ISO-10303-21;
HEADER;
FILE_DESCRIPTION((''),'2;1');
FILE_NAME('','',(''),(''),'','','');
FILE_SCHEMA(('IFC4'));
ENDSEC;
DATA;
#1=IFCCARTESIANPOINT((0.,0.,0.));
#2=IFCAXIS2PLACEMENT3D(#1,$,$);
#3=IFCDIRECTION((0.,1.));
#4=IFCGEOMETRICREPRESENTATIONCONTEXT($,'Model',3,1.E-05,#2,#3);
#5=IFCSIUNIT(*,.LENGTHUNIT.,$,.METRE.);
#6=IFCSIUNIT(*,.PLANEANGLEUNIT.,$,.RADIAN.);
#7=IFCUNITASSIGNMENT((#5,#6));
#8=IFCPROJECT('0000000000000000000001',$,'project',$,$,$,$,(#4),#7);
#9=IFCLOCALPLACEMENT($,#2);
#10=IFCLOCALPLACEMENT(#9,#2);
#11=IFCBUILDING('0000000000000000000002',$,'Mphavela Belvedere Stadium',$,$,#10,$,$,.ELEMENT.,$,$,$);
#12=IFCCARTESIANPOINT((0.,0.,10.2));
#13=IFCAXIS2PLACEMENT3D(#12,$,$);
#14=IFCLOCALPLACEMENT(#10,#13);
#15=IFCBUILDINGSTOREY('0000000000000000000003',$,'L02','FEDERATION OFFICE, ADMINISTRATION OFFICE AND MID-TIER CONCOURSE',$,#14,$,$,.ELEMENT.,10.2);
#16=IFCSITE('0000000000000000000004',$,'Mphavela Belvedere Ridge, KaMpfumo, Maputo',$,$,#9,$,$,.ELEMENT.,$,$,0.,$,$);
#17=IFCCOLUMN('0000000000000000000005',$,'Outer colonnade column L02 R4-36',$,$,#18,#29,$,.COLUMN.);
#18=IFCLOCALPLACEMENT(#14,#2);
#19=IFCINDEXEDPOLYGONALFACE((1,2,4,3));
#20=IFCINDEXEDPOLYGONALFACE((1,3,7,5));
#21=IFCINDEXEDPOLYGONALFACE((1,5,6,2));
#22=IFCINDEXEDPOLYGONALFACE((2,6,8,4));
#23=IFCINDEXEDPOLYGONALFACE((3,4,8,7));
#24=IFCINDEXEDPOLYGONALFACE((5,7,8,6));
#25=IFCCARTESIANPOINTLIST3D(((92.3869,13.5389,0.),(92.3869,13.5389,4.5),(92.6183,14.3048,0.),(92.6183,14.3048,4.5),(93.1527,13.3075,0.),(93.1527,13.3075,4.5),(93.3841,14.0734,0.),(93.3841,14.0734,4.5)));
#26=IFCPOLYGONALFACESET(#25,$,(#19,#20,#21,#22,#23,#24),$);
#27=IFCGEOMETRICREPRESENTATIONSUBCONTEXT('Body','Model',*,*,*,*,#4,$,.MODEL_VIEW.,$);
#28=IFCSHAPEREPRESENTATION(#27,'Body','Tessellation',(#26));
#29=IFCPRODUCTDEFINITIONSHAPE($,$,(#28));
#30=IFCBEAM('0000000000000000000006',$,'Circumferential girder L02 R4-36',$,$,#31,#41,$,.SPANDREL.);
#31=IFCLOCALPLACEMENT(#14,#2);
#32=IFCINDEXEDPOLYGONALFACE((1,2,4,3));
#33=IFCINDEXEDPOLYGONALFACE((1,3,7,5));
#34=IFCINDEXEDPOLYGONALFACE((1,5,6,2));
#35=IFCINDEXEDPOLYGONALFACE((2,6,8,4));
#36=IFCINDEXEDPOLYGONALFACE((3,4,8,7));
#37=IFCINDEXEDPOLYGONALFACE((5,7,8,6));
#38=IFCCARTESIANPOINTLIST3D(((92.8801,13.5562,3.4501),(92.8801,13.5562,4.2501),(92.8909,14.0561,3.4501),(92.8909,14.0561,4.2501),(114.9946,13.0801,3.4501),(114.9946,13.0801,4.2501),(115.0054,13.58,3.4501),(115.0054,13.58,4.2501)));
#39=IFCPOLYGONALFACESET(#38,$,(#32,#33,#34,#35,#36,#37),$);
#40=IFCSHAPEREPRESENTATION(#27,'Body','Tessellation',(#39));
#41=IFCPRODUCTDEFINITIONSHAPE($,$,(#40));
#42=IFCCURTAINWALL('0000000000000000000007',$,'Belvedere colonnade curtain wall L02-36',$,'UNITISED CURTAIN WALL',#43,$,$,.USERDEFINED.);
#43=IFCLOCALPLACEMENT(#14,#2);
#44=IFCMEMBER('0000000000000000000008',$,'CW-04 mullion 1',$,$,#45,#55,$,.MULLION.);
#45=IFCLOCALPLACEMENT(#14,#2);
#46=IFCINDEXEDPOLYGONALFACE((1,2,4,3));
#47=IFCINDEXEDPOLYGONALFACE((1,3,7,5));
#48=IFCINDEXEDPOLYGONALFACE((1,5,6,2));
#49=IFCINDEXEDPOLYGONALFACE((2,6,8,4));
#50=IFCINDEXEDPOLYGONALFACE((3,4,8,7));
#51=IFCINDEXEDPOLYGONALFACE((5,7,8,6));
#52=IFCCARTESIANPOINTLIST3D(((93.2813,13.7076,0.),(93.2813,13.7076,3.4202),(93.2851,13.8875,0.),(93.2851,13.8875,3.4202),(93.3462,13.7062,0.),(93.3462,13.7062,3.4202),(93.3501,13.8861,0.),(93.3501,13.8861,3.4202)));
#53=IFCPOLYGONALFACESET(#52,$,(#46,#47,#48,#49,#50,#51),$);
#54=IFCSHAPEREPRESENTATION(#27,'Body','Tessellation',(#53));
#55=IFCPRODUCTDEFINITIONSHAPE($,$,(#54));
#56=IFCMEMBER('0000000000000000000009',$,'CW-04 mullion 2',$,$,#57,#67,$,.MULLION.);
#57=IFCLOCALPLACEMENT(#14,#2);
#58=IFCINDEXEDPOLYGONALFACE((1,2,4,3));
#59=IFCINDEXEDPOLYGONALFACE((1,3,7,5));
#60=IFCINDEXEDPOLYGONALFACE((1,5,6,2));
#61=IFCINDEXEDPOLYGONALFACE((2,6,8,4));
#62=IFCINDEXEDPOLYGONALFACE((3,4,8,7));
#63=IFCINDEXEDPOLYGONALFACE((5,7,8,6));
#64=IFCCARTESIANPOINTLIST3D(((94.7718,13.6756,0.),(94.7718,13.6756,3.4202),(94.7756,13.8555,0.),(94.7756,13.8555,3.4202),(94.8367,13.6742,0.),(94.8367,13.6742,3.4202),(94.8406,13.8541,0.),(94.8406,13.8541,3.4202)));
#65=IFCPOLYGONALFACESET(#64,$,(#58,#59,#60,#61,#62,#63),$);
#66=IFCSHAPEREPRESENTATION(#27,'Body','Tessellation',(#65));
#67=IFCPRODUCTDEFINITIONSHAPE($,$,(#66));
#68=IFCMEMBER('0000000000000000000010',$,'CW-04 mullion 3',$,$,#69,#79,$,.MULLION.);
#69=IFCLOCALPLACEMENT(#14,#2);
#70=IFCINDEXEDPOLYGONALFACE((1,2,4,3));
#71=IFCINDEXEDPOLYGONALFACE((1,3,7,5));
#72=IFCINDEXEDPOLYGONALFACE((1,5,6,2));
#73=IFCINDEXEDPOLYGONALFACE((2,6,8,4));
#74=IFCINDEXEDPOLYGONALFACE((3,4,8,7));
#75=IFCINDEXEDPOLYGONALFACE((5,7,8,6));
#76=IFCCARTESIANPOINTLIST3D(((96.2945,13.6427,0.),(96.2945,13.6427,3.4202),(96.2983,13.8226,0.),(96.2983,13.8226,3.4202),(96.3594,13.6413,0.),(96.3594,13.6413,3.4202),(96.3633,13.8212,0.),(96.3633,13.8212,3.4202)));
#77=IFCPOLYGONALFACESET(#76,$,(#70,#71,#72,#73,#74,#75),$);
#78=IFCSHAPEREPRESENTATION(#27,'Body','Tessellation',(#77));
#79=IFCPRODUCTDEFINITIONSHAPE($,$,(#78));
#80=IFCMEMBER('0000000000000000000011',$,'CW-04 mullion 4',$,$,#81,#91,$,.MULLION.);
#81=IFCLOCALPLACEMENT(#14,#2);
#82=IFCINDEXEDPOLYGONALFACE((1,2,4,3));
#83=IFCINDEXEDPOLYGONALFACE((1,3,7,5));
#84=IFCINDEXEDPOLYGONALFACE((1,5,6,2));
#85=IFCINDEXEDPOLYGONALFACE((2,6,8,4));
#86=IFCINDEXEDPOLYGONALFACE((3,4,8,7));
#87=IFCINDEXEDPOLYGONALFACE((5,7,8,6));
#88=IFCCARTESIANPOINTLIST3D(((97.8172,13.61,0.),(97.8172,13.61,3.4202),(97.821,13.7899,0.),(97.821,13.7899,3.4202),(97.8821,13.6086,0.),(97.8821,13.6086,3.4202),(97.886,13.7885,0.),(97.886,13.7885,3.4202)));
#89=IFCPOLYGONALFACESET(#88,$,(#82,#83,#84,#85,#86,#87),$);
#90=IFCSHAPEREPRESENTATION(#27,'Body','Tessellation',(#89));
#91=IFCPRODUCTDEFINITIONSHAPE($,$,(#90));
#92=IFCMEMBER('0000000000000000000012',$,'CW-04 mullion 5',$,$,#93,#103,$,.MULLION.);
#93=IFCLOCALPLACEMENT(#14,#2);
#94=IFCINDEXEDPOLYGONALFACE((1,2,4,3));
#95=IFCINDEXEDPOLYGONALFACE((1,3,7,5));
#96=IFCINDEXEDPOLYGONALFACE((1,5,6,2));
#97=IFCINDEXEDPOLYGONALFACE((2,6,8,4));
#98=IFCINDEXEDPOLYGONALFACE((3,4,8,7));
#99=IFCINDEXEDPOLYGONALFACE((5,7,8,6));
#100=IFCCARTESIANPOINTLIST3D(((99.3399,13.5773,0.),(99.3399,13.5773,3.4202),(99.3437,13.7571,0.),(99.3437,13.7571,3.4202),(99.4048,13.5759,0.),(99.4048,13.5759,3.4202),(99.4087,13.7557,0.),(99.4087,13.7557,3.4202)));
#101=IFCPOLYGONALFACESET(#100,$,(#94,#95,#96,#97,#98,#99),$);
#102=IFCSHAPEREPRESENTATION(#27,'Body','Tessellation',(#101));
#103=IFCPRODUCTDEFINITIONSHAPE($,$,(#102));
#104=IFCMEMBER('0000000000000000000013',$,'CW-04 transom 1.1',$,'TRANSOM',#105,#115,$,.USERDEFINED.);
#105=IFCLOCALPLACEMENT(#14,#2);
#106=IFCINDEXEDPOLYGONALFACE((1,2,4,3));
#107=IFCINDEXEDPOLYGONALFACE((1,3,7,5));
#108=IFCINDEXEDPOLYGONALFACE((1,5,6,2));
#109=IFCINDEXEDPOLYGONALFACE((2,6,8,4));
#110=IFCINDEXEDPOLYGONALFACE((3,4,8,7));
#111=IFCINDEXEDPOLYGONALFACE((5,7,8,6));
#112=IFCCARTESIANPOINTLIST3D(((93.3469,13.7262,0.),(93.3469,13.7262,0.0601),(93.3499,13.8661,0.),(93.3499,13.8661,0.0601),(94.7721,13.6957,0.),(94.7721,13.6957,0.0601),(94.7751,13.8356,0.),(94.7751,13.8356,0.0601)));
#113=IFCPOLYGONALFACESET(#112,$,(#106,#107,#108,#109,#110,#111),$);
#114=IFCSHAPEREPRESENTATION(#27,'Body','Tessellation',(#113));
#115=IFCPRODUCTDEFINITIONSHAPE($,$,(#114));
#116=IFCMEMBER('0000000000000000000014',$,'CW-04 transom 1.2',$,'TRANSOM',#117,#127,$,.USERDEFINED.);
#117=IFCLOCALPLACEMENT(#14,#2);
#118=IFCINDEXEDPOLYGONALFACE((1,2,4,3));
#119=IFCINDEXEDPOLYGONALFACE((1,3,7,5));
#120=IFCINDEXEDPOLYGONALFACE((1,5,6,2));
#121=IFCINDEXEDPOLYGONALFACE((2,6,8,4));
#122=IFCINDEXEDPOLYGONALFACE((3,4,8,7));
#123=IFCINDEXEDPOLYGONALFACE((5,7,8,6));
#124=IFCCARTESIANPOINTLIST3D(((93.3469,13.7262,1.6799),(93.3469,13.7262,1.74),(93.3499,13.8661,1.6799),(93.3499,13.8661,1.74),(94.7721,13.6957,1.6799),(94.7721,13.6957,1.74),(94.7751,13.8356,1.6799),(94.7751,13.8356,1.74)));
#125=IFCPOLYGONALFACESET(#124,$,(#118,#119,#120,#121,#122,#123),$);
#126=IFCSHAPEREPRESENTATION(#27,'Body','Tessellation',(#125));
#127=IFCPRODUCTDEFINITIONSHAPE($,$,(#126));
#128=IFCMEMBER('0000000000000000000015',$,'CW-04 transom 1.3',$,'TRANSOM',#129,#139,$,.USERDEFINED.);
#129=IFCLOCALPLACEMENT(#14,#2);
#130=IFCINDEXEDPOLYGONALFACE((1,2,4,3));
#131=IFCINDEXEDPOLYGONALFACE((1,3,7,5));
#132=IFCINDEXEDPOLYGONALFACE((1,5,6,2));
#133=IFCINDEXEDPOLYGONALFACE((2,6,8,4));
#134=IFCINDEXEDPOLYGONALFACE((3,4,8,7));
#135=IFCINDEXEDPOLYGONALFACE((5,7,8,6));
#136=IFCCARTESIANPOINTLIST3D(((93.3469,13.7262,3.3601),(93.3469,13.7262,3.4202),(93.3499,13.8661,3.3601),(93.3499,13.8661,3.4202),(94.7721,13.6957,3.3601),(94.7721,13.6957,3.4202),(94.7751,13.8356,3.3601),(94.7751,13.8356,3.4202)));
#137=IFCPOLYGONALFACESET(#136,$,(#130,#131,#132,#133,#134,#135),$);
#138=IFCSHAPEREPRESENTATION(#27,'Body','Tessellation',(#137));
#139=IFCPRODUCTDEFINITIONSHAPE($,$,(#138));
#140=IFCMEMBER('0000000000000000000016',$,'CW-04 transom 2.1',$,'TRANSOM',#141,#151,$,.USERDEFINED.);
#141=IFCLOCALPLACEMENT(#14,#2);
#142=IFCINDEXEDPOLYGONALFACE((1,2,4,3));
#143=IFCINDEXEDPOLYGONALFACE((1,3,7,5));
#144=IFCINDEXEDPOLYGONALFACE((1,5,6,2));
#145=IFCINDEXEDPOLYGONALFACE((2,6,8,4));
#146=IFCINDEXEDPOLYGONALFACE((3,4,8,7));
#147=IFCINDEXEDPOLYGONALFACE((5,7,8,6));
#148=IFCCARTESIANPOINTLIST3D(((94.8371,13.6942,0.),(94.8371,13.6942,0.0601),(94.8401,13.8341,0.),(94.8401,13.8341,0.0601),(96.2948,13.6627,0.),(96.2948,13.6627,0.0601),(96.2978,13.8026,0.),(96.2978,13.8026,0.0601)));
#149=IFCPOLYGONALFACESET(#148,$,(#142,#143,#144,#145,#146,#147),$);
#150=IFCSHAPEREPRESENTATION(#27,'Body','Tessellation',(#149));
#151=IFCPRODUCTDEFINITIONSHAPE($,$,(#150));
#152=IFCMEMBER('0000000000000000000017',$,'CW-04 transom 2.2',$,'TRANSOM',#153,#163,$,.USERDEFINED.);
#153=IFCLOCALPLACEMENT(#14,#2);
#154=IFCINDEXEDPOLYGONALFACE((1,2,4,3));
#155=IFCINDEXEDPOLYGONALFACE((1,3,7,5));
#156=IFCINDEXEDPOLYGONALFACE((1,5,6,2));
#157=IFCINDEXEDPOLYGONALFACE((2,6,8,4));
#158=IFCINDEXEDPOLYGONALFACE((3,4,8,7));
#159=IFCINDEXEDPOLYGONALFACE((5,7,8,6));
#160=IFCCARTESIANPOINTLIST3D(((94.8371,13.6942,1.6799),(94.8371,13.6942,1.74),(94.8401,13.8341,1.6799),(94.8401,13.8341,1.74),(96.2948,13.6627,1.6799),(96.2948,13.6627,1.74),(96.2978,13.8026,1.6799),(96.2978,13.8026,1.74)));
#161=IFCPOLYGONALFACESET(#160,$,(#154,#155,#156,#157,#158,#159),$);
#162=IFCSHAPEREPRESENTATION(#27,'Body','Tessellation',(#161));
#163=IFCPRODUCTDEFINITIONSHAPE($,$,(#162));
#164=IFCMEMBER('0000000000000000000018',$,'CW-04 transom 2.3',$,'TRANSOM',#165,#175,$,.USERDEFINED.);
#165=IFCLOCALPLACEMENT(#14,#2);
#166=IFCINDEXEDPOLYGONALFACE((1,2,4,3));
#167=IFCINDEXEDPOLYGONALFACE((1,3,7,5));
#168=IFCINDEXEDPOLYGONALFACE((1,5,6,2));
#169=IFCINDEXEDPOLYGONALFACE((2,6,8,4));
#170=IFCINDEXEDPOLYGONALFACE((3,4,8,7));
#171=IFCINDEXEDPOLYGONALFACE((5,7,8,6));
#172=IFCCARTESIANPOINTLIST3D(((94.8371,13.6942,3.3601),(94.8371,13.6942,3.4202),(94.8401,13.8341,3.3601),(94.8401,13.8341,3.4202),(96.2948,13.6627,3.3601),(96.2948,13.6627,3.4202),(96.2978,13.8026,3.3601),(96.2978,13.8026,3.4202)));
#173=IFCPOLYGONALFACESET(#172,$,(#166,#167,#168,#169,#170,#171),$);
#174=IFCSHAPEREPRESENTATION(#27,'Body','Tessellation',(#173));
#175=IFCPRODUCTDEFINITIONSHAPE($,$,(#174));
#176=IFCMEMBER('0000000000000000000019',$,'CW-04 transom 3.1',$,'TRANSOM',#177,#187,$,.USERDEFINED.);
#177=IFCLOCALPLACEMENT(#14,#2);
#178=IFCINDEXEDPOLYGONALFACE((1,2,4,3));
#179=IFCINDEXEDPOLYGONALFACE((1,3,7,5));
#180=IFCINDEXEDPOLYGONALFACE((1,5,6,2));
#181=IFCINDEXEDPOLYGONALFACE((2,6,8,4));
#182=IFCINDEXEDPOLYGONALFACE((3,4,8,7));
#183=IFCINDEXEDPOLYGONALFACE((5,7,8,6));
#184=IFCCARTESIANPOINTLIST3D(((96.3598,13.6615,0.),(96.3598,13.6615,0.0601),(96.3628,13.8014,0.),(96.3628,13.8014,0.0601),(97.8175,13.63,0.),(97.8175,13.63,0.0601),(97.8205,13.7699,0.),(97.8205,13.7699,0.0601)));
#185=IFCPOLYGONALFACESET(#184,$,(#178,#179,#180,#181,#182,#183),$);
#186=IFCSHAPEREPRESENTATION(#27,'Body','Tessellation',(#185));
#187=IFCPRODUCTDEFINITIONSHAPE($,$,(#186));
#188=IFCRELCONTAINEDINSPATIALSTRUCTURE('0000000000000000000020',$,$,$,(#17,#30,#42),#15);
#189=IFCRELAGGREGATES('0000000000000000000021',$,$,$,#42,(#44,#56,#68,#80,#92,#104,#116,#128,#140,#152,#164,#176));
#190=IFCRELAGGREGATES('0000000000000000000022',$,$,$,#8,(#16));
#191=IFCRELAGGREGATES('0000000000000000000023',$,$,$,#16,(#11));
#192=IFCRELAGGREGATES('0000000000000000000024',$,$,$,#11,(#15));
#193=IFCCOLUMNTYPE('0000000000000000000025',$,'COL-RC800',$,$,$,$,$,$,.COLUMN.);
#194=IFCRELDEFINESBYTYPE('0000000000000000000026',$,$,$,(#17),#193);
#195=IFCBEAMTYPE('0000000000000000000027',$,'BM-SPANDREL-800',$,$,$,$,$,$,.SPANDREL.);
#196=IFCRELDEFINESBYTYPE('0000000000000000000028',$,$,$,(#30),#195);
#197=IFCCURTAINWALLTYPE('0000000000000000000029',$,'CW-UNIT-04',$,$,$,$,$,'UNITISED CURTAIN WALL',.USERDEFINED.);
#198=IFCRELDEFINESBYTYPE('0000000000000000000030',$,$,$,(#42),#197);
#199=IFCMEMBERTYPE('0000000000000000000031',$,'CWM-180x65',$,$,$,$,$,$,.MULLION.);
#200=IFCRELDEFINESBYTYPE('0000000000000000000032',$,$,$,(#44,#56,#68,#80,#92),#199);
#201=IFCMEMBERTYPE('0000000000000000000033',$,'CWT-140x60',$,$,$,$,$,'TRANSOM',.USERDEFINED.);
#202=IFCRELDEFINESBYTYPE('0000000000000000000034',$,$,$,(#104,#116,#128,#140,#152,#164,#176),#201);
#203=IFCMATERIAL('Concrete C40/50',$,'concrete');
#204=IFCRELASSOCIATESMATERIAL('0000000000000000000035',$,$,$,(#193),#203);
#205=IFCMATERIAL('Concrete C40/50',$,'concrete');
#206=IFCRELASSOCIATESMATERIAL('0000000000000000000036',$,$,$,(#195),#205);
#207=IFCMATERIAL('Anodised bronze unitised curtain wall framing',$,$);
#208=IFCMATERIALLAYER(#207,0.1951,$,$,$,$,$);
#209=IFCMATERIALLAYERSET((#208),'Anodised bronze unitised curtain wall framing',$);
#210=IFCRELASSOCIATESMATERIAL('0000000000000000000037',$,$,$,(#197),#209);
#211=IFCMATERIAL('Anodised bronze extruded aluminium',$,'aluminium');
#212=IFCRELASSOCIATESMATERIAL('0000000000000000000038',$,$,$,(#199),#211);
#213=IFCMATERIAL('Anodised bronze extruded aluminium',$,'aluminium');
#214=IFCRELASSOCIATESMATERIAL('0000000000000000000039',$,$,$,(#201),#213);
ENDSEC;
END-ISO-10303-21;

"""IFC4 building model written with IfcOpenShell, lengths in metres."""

from ifc_helpers import new_model, si_unit, direction, frame, origin, origin_2d, place, context, subcontext, project, spatial, rectangle, extrude, material, layer, layer_set, material_profile, profile_set, type_object, element, aggregate, save


model = new_model("IFC4")

# Units and contexts
model_context = context("Model", 3, precision=1e-05, world=origin(), true_north=direction((0.0, 1.0)))
body_context = subcontext(model_context, "Body", "Model", "MODEL_VIEW")
ifc_project = project(units=[si_unit("LENGTHUNIT", "METRE"), si_unit("PLANEANGLEUNIT", "RADIAN")], contexts=[model_context])

# Site, building, storey
site_placement = place(None, origin())
site = spatial("IfcSite", under=ifc_project, at=site_placement, Name="Mphavela Belvedere Ridge, KaMpfumo, Maputo", CompositionType="ELEMENT", RefElevation=0.0)
building_placement = place(site_placement, origin())
building = spatial("IfcBuilding", under=site, at=building_placement, Name="Mphavela Belvedere Stadium", CompositionType="ELEMENT")
storey_placement = place(building_placement, frame((0.0, 0.0, 10.2)))
storey = spatial("IfcBuildingStorey", under=building, at=storey_placement, Name="L02", Description="FEDERATION OFFICE, ADMINISTRATION OFFICE AND MID-TIER CONCOURSE", CompositionType="ELEMENT", Elevation=10.2)

# Column
ifc_material_1 = material(Name="Concrete C40/50", Category="concrete")
ifc_material_profile_1 = material_profile(ifc_material_1, rectangle(XDim=0.8, YDim=0.8, at=origin_2d()), Name="RC 800x800")
ifc_profile_set_1 = profile_set([ifc_material_profile_1], Name="Concrete C40/50")
column_type = type_object("IfcColumnType", Name="COL-RC800", PredefinedType="COLUMN", material=ifc_profile_set_1)
column_placement = place(storey_placement, frame((92.8855, 13.8062, 0.0), z_axis=(0.0, 0.0, 1.0), x_axis=(-0.289199, -0.957269, 0.0)))
element("IfcColumn", 1, at=column_placement, inside=storey, type_object=column_type, Name="Outer colonnade column L02 R4-36", PredefinedType="COLUMN", context=body_context, shape_type="SweptSolid", body=[
    extrude(rectangle(XDim=0.8, YDim=0.8, at=origin_2d()), origin(), (0.0, 0.0, 1.0), 4.5),
])

# Beam
ifc_material_2 = material(Name="Concrete C40/50", Category="concrete")
ifc_material_profile_2 = material_profile(ifc_material_2, rectangle(XDim=0.5, YDim=0.8, at=origin_2d()), Name="RC 500x800")
ifc_profile_set_2 = profile_set([ifc_material_profile_2], Name="Concrete C40/50")
beam_type = type_object("IfcBeamType", Name="BM-SPANDREL-800", PredefinedType="SPANDREL", material=ifc_profile_set_2)
beam_placement = place(storey_placement, frame((92.8855, 13.8062, 3.8501), z_axis=(0.999768, -0.021523, 0.0), x_axis=(0.021523, 0.999768, 0.0)))
element("IfcBeam", 2, at=beam_placement, inside=storey, type_object=beam_type, Name="Circumferential girder L02 R4-36", PredefinedType="SPANDREL", context=body_context, shape_type="SweptSolid", body=[
    extrude(rectangle(XDim=0.5, YDim=0.8, at=origin_2d()), origin(), (0.0, 0.0, 1.0), 22.1196),
])

# Curtain wall, members
ifc_material_3 = material(Name="Anodised bronze unitised curtain wall framing")
ifc_layer_1 = layer(ifc_material_3, 0.1951)
ifc_layer_set_1 = layer_set([ifc_layer_1], Name="Anodised bronze unitised curtain wall framing")
curtain_wall_type = type_object("IfcCurtainWallType", Name="CW-UNIT-04", ElementType="UNITISED CURTAIN WALL", PredefinedType="USERDEFINED", material=ifc_layer_set_1)
curtain_wall_placement = place(storey_placement, origin())
curtain_wall = element("IfcCurtainWall", 3, at=curtain_wall_placement, inside=storey, type_object=curtain_wall_type, Name="Belvedere colonnade curtain wall L02-36", ObjectType="UNITISED CURTAIN WALL", PredefinedType="USERDEFINED")
ifc_material_4 = material(Name="Anodised bronze extruded aluminium", Category="aluminium")
ifc_material_profile_3 = material_profile(ifc_material_4, rectangle(XDim=0.1799, YDim=0.0649, at=origin_2d()), Name="CW-MUL 180x65")
ifc_profile_set_3 = profile_set([ifc_material_profile_3], Name="Anodised bronze extruded aluminium")
member_type_1 = type_object("IfcMemberType", Name="CWM-180x65", PredefinedType="MULLION", material=ifc_profile_set_3)
member_1_placement = place(storey_placement, frame((93.3157, 13.7969, 0.0), z_axis=(0.0, 0.0, 1.0), x_axis=(0.021525, 0.999768, 0.0)))
member_1 = element("IfcMember", 4, at=member_1_placement, type_object=member_type_1, Name="CW-04 mullion 1", PredefinedType="MULLION", context=body_context, shape_type="SweptSolid", body=[
    extrude(rectangle(XDim=0.1799, YDim=0.0649, at=origin_2d()), origin(), (0.0, 0.0, 1.0), 3.4202),
])
member_2_placement = place(storey_placement, frame((94.8062, 13.7649, 0.0), z_axis=(0.0, 0.0, 1.0), x_axis=(0.021525, 0.999768, 0.0)))
member_2 = element("IfcMember", 5, at=member_2_placement, type_object=member_type_1, Name="CW-04 mullion 2", PredefinedType="MULLION", context=body_context, shape_type="SweptSolid", body=[
    extrude(rectangle(XDim=0.1799, YDim=0.0649, at=origin_2d()), origin(), (0.0, 0.0, 1.0), 3.4202),
])
member_3_placement = place(storey_placement, frame((96.3289, 13.7319, 0.0), z_axis=(0.0, 0.0, 1.0), x_axis=(0.021525, 0.999768, 0.0)))
member_3 = element("IfcMember", 6, at=member_3_placement, type_object=member_type_1, Name="CW-04 mullion 3", PredefinedType="MULLION", context=body_context, shape_type="SweptSolid", body=[
    extrude(rectangle(XDim=0.1799, YDim=0.0649, at=origin_2d()), origin(), (0.0, 0.0, 1.0), 3.4202),
])
member_4_placement = place(storey_placement, frame((97.8516, 13.6992, 0.0), z_axis=(0.0, 0.0, 1.0), x_axis=(0.021525, 0.999768, 0.0)))
member_4 = element("IfcMember", 7, at=member_4_placement, type_object=member_type_1, Name="CW-04 mullion 4", PredefinedType="MULLION", context=body_context, shape_type="SweptSolid", body=[
    extrude(rectangle(XDim=0.1799, YDim=0.0649, at=origin_2d()), origin(), (0.0, 0.0, 1.0), 3.4202),
])
member_5_placement = place(storey_placement, frame((99.3743, 13.6665, 0.0), z_axis=(0.0, 0.0, 1.0), x_axis=(0.021525, 0.999768, 0.0)))
member_5 = element("IfcMember", 8, at=member_5_placement, type_object=member_type_1, Name="CW-04 mullion 5", PredefinedType="MULLION", context=body_context, shape_type="SweptSolid", body=[
    extrude(rectangle(XDim=0.1799, YDim=0.0649, at=origin_2d()), origin(), (0.0, 0.0, 1.0), 3.4202),
])
ifc_material_5 = material(Name="Anodised bronze extruded aluminium", Category="aluminium")
ifc_material_profile_4 = material_profile(ifc_material_5, rectangle(XDim=0.1399, YDim=0.0601, at=origin_2d()), Name="CW-TRN 140x60")
ifc_profile_set_4 = profile_set([ifc_material_profile_4], Name="Anodised bronze extruded aluminium")
member_type_2 = type_object("IfcMemberType", Name="CWT-140x60", ElementType="TRANSOM", PredefinedType="USERDEFINED", material=ifc_profile_set_4)
member_6_placement = place(storey_placement, frame((93.3484, 13.7961, 0.03), z_axis=(0.999771, -0.021407, 0.0), x_axis=(0.021407, 0.999771, 0.0)))
member_6 = element("IfcMember", 9, at=member_6_placement, type_object=member_type_2, Name="CW-04 transom 1.1", ObjectType="TRANSOM", PredefinedType="USERDEFINED", context=body_context, shape_type="SweptSolid", body=[
    extrude(rectangle(XDim=0.1399, YDim=0.0601, at=origin_2d()), origin(), (0.0, 0.0, 1.0), 1.4255),
])
member_7_placement = place(storey_placement, frame((93.3484, 13.7961, 1.71), z_axis=(0.999771, -0.021407, 0.0), x_axis=(0.021407, 0.999771, 0.0)))
member_7 = element("IfcMember", 10, at=member_7_placement, type_object=member_type_2, Name="CW-04 transom 1.2", ObjectType="TRANSOM", PredefinedType="USERDEFINED", context=body_context, shape_type="SweptSolid", body=[
    extrude(rectangle(XDim=0.1399, YDim=0.0601, at=origin_2d()), origin(), (0.0, 0.0, 1.0), 1.4255),
])
member_8_placement = place(storey_placement, frame((93.3484, 13.7961, 3.3901), z_axis=(0.999771, -0.021407, 0.0), x_axis=(0.021407, 0.999771, 0.0)))
member_8 = element("IfcMember", 11, at=member_8_placement, type_object=member_type_2, Name="CW-04 transom 1.3", ObjectType="TRANSOM", PredefinedType="USERDEFINED", context=body_context, shape_type="SweptSolid", body=[
    extrude(rectangle(XDim=0.1399, YDim=0.0601, at=origin_2d()), origin(), (0.0, 0.0, 1.0), 1.4255),
])
member_9_placement = place(storey_placement, frame((94.8386, 13.7642, 0.03), z_axis=(0.999767, -0.021599, 0.0), x_axis=(0.021599, 0.999767, 0.0)))
member_9 = element("IfcMember", 12, at=member_9_placement, type_object=member_type_2, Name="CW-04 transom 2.1", ObjectType="TRANSOM", PredefinedType="USERDEFINED", context=body_context, shape_type="SweptSolid", body=[
    extrude(rectangle(XDim=0.1399, YDim=0.0601, at=origin_2d()), origin(), (0.0, 0.0, 1.0), 1.458),
])
member_10_placement = place(storey_placement, frame((94.8386, 13.7642, 1.71), z_axis=(0.999767, -0.021599, 0.0), x_axis=(0.021599, 0.999767, 0.0)))
member_10 = element("IfcMember", 13, at=member_10_placement, type_object=member_type_2, Name="CW-04 transom 2.2", ObjectType="TRANSOM", PredefinedType="USERDEFINED", context=body_context, shape_type="SweptSolid", body=[
    extrude(rectangle(XDim=0.1399, YDim=0.0601, at=origin_2d()), origin(), (0.0, 0.0, 1.0), 1.458),
])
member_11_placement = place(storey_placement, frame((94.8386, 13.7642, 3.3901), z_axis=(0.999767, -0.021599, 0.0), x_axis=(0.021599, 0.999767, 0.0)))
member_11 = element("IfcMember", 14, at=member_11_placement, type_object=member_type_2, Name="CW-04 transom 2.3", ObjectType="TRANSOM", PredefinedType="USERDEFINED", context=body_context, shape_type="SweptSolid", body=[
    extrude(rectangle(XDim=0.1399, YDim=0.0601, at=origin_2d()), origin(), (0.0, 0.0, 1.0), 1.458),
])
member_12_placement = place(storey_placement, frame((96.3613, 13.7314, 0.03), z_axis=(0.999767, -0.021599, 0.0), x_axis=(0.021599, 0.999767, 0.0)))
member_12 = element("IfcMember", 15, at=member_12_placement, type_object=member_type_2, Name="CW-04 transom 3.1", ObjectType="TRANSOM", PredefinedType="USERDEFINED", context=body_context, shape_type="SweptSolid", body=[
    extrude(rectangle(XDim=0.1399, YDim=0.0601, at=origin_2d()), origin(), (0.0, 0.0, 1.0), 1.458),
])
aggregate(curtain_wall, [member_1, member_2, member_3, member_4, member_5, member_6, member_7, member_8, member_9, member_10, member_11, member_12])

save(model, "model.ifc")
